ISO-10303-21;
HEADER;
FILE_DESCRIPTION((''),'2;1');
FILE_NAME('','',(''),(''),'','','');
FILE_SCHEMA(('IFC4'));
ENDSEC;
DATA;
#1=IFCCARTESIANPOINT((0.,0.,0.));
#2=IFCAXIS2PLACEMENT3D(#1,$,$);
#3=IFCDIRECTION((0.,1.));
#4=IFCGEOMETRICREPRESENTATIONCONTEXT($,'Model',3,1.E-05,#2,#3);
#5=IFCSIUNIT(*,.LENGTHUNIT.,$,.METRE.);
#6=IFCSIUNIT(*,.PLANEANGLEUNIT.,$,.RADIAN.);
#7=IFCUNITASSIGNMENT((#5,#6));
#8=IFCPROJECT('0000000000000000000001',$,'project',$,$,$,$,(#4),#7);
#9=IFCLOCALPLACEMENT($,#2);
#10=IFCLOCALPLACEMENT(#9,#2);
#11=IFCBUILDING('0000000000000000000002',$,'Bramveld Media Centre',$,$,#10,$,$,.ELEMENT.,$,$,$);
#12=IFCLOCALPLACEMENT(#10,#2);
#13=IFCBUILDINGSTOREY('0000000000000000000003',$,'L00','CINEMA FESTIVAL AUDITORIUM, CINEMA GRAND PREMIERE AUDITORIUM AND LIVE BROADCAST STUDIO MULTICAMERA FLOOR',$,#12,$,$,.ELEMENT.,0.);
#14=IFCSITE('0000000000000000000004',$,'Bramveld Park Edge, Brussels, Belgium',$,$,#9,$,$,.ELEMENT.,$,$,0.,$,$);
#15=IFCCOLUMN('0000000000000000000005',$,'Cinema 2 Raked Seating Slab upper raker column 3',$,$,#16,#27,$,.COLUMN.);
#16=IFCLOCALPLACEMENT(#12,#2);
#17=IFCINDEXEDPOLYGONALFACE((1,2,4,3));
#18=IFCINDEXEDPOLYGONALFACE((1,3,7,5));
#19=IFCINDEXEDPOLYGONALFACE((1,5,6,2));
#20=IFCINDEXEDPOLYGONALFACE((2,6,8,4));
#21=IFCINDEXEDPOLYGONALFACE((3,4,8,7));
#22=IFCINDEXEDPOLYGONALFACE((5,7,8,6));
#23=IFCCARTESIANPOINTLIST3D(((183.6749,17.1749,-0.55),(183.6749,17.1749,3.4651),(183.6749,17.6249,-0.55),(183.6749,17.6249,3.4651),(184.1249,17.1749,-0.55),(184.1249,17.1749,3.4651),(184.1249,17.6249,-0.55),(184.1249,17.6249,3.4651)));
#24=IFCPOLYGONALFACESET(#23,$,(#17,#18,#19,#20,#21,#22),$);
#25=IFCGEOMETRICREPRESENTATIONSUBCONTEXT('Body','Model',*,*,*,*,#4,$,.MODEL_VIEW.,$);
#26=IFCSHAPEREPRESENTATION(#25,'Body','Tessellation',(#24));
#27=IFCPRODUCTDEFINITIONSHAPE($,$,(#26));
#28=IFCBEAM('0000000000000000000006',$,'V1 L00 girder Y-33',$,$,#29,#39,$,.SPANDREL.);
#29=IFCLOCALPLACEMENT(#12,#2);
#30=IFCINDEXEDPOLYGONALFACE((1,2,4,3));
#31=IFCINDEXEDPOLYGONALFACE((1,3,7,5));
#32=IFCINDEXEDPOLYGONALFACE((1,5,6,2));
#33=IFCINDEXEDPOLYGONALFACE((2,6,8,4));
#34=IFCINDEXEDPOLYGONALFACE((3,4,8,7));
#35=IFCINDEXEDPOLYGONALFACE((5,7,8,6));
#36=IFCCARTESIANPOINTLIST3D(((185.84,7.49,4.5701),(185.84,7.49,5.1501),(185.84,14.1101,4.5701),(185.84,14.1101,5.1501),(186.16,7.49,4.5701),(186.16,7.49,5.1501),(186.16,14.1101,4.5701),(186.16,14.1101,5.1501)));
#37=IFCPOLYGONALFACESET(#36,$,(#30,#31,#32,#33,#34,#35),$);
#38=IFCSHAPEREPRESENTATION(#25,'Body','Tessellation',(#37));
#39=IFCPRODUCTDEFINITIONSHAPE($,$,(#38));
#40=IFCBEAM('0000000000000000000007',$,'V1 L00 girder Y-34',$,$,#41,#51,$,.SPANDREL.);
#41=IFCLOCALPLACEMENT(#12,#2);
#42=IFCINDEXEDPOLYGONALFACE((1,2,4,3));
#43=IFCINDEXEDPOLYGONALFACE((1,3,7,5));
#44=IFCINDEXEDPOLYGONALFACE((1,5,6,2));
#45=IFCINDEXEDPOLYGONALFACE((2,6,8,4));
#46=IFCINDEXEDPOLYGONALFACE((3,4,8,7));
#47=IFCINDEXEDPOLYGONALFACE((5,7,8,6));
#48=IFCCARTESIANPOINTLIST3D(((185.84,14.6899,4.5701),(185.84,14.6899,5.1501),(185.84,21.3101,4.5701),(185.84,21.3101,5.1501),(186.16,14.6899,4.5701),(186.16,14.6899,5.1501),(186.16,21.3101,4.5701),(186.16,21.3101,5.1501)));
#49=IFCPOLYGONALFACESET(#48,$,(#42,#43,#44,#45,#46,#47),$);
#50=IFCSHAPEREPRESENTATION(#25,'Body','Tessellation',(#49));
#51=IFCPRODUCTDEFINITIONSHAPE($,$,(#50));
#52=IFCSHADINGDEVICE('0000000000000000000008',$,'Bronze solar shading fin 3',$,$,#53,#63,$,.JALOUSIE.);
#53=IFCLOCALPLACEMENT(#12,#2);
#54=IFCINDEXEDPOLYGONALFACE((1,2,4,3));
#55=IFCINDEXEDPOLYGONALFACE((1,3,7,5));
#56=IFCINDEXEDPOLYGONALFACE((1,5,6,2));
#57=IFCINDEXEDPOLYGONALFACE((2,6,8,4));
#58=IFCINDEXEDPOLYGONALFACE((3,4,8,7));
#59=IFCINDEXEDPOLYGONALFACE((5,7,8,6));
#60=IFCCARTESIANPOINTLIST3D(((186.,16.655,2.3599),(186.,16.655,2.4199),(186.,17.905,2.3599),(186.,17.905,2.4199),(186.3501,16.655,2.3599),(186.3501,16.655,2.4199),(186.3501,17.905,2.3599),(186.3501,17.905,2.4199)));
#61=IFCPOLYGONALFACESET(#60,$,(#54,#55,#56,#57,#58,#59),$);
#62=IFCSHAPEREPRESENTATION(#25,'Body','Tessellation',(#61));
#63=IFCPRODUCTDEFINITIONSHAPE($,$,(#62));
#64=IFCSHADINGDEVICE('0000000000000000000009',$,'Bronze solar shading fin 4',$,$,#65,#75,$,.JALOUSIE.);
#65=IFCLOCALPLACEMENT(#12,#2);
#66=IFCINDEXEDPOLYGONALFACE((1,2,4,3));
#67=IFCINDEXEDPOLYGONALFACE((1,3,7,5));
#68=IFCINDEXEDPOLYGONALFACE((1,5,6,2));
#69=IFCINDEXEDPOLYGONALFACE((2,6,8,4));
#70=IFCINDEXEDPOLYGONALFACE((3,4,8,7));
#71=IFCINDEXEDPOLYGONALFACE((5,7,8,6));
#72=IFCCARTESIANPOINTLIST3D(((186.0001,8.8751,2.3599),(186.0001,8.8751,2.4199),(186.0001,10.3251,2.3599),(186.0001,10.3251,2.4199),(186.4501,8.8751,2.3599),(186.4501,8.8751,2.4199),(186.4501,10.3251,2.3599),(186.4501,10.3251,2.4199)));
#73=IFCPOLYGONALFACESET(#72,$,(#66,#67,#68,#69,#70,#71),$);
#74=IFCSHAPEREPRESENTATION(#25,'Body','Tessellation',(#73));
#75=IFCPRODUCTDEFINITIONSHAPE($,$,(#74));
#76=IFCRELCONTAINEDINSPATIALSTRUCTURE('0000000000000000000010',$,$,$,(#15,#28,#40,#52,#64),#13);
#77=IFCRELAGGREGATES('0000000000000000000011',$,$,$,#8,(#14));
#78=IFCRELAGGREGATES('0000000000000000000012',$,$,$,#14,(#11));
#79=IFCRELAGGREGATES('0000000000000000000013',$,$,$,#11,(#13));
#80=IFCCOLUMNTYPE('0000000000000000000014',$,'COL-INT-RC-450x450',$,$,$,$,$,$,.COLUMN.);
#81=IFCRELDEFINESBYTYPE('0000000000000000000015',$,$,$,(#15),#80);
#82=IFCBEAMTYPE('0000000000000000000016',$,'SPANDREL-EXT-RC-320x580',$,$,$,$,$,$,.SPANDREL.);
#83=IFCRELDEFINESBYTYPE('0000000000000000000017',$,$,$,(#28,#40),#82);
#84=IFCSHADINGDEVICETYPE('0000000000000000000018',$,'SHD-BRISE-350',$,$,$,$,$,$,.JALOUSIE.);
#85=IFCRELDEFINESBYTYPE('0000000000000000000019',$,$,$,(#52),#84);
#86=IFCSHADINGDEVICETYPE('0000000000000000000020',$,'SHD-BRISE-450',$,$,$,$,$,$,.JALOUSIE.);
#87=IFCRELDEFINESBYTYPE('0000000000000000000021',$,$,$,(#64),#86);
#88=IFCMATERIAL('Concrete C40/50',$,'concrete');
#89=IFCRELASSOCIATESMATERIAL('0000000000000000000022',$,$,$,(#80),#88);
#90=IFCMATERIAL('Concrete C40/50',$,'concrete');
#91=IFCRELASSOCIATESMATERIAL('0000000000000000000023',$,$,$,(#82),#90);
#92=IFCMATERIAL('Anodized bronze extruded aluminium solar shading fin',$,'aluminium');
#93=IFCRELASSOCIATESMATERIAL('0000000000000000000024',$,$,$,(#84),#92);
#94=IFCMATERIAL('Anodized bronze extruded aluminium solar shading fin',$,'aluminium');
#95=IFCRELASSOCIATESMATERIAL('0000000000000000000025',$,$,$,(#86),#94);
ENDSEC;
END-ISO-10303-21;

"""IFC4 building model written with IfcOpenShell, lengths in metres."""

from ifc_helpers import new_model, si_unit, direction, frame, origin, origin_2d, place, context, subcontext, project, spatial, rectangle, extrude, material, material_profile, profile_set, type_object, element, save


model = new_model("IFC4")

# Units and contexts
model_context = context("Model", 3, precision=1e-05, world=origin(), true_north=direction((0.0, 1.0)))
body_context = subcontext(model_context, "Body", "Model", "MODEL_VIEW")
ifc_project = project(units=[si_unit("LENGTHUNIT", "METRE"), si_unit("PLANEANGLEUNIT", "RADIAN")], contexts=[model_context])

# Site, building, storey
site_placement = place(None, origin())
site = spatial("IfcSite", under=ifc_project, at=site_placement, Name="Bramveld Park Edge, Brussels, Belgium", CompositionType="ELEMENT", RefElevation=0.0)
building_placement = place(site_placement, origin())
building = spatial("IfcBuilding", under=site, at=building_placement, Name="Bramveld Media Centre", CompositionType="ELEMENT")
storey_placement = place(building_placement, origin())
storey = spatial("IfcBuildingStorey", under=building, at=storey_placement, Name="L00", Description="CINEMA FESTIVAL AUDITORIUM, CINEMA GRAND PREMIERE AUDITORIUM AND LIVE BROADCAST STUDIO MULTICAMERA FLOOR", CompositionType="ELEMENT", Elevation=0.0)

# Column
ifc_material_1 = material(Name="Concrete C40/50", Category="concrete")
ifc_material_profile_1 = material_profile(ifc_material_1, rectangle(XDim=0.45, YDim=0.45, at=origin_2d()), Name="RC 450x450")
ifc_profile_set_1 = profile_set([ifc_material_profile_1], Name="Concrete C40/50")
column_type_1 = type_object("IfcColumnType", Name="COL-INT-RC-450x450", PredefinedType="COLUMN", material=ifc_profile_set_1)
for number, where, z_axis, x_axis, name in (
    (1, (183.8999, 17.3999, -0.55), (0.0, 0.0, 1.0), (1.0, 0.0, 0.0), "Cinema 2 Raked Seating Slab upper raker column 3"),
):
    element("IfcColumn", number, at=place(storey_placement, frame(where, z_axis=z_axis, x_axis=x_axis)), inside=storey, type_object=column_type_1, Name=name, PredefinedType="COLUMN", context=body_context, shape_type="SweptSolid", body=[
        extrude(rectangle(XDim=0.45, YDim=0.45, at=origin_2d()), origin(), (0.0, 0.0, 1.0), 4.0151),
    ])

# Beams
ifc_material_2 = material(Name="Concrete C40/50", Category="concrete")
ifc_material_profile_2 = material_profile(ifc_material_2, rectangle(XDim=0.3201, YDim=0.5801, at=origin_2d()), Name="RC 320x580")
ifc_profile_set_2 = profile_set([ifc_material_profile_2], Name="Concrete C40/50")
beam_type = type_object("IfcBeamType", Name="SPANDREL-EXT-RC-320x580", PredefinedType="SPANDREL", material=ifc_profile_set_2)
for number, where, z_axis, x_axis, name in (
    (2, (186.0, 7.49, 4.8601), (0.0, 1.0, 0.0), (-1.0, 0.0, 0.0), "V1 L00 girder Y-33"),
    (3, (186.0, 14.6899, 4.8601), (0.0, 1.0, 0.0), (-1.0, 0.0, 0.0), "V1 L00 girder Y-34"),
):
    element("IfcBeam", number, at=place(storey_placement, frame(where, z_axis=z_axis, x_axis=x_axis)), inside=storey, type_object=beam_type, Name=name, PredefinedType="SPANDREL", context=body_context, shape_type="SweptSolid", body=[
        extrude(rectangle(XDim=0.3201, YDim=0.5801, at=origin_2d()), origin(), (0.0, 0.0, 1.0), 6.6201),
    ])

# Shading devices
ifc_material_3 = material(Name="Anodized bronze extruded aluminium solar shading fin", Category="aluminium")
shading_device_type_1 = type_object("IfcShadingDeviceType", Name="SHD-BRISE-350", PredefinedType="JALOUSIE", material=ifc_material_3)
shading_device_1_placement = place(storey_placement, frame((186.175, 17.28, 2.3599), z_axis=(0.0, 0.0, 1.0), x_axis=(1.0, 0.0, 0.0)))
element("IfcShadingDevice", 4, at=shading_device_1_placement, inside=storey, type_object=shading_device_type_1, Name="Bronze solar shading fin 3", PredefinedType="JALOUSIE", context=body_context, shape_type="SweptSolid", body=[
    extrude(rectangle(XDim=0.3501, YDim=1.25, at=origin_2d()), origin(), (0.0, 0.0, 1.0), 0.0601),
])
ifc_material_4 = material(Name="Anodized bronze extruded aluminium solar shading fin", Category="aluminium")
shading_device_type_2 = type_object("IfcShadingDeviceType", Name="SHD-BRISE-450", PredefinedType="JALOUSIE", material=ifc_material_4)
shading_device_2_placement = place(storey_placement, frame((186.2251, 9.6001, 2.3599), z_axis=(0.0, 0.0, 1.0), x_axis=(1.0, 0.0, 0.0)))
element("IfcShadingDevice", 5, at=shading_device_2_placement, inside=storey, type_object=shading_device_type_2, Name="Bronze solar shading fin 4", PredefinedType="JALOUSIE", context=body_context, shape_type="SweptSolid", body=[
    extrude(rectangle(XDim=0.45, YDim=1.45, at=origin_2d()), origin(), (0.0, 0.0, 1.0), 0.0601),
])

save(model, "model.ifc")
